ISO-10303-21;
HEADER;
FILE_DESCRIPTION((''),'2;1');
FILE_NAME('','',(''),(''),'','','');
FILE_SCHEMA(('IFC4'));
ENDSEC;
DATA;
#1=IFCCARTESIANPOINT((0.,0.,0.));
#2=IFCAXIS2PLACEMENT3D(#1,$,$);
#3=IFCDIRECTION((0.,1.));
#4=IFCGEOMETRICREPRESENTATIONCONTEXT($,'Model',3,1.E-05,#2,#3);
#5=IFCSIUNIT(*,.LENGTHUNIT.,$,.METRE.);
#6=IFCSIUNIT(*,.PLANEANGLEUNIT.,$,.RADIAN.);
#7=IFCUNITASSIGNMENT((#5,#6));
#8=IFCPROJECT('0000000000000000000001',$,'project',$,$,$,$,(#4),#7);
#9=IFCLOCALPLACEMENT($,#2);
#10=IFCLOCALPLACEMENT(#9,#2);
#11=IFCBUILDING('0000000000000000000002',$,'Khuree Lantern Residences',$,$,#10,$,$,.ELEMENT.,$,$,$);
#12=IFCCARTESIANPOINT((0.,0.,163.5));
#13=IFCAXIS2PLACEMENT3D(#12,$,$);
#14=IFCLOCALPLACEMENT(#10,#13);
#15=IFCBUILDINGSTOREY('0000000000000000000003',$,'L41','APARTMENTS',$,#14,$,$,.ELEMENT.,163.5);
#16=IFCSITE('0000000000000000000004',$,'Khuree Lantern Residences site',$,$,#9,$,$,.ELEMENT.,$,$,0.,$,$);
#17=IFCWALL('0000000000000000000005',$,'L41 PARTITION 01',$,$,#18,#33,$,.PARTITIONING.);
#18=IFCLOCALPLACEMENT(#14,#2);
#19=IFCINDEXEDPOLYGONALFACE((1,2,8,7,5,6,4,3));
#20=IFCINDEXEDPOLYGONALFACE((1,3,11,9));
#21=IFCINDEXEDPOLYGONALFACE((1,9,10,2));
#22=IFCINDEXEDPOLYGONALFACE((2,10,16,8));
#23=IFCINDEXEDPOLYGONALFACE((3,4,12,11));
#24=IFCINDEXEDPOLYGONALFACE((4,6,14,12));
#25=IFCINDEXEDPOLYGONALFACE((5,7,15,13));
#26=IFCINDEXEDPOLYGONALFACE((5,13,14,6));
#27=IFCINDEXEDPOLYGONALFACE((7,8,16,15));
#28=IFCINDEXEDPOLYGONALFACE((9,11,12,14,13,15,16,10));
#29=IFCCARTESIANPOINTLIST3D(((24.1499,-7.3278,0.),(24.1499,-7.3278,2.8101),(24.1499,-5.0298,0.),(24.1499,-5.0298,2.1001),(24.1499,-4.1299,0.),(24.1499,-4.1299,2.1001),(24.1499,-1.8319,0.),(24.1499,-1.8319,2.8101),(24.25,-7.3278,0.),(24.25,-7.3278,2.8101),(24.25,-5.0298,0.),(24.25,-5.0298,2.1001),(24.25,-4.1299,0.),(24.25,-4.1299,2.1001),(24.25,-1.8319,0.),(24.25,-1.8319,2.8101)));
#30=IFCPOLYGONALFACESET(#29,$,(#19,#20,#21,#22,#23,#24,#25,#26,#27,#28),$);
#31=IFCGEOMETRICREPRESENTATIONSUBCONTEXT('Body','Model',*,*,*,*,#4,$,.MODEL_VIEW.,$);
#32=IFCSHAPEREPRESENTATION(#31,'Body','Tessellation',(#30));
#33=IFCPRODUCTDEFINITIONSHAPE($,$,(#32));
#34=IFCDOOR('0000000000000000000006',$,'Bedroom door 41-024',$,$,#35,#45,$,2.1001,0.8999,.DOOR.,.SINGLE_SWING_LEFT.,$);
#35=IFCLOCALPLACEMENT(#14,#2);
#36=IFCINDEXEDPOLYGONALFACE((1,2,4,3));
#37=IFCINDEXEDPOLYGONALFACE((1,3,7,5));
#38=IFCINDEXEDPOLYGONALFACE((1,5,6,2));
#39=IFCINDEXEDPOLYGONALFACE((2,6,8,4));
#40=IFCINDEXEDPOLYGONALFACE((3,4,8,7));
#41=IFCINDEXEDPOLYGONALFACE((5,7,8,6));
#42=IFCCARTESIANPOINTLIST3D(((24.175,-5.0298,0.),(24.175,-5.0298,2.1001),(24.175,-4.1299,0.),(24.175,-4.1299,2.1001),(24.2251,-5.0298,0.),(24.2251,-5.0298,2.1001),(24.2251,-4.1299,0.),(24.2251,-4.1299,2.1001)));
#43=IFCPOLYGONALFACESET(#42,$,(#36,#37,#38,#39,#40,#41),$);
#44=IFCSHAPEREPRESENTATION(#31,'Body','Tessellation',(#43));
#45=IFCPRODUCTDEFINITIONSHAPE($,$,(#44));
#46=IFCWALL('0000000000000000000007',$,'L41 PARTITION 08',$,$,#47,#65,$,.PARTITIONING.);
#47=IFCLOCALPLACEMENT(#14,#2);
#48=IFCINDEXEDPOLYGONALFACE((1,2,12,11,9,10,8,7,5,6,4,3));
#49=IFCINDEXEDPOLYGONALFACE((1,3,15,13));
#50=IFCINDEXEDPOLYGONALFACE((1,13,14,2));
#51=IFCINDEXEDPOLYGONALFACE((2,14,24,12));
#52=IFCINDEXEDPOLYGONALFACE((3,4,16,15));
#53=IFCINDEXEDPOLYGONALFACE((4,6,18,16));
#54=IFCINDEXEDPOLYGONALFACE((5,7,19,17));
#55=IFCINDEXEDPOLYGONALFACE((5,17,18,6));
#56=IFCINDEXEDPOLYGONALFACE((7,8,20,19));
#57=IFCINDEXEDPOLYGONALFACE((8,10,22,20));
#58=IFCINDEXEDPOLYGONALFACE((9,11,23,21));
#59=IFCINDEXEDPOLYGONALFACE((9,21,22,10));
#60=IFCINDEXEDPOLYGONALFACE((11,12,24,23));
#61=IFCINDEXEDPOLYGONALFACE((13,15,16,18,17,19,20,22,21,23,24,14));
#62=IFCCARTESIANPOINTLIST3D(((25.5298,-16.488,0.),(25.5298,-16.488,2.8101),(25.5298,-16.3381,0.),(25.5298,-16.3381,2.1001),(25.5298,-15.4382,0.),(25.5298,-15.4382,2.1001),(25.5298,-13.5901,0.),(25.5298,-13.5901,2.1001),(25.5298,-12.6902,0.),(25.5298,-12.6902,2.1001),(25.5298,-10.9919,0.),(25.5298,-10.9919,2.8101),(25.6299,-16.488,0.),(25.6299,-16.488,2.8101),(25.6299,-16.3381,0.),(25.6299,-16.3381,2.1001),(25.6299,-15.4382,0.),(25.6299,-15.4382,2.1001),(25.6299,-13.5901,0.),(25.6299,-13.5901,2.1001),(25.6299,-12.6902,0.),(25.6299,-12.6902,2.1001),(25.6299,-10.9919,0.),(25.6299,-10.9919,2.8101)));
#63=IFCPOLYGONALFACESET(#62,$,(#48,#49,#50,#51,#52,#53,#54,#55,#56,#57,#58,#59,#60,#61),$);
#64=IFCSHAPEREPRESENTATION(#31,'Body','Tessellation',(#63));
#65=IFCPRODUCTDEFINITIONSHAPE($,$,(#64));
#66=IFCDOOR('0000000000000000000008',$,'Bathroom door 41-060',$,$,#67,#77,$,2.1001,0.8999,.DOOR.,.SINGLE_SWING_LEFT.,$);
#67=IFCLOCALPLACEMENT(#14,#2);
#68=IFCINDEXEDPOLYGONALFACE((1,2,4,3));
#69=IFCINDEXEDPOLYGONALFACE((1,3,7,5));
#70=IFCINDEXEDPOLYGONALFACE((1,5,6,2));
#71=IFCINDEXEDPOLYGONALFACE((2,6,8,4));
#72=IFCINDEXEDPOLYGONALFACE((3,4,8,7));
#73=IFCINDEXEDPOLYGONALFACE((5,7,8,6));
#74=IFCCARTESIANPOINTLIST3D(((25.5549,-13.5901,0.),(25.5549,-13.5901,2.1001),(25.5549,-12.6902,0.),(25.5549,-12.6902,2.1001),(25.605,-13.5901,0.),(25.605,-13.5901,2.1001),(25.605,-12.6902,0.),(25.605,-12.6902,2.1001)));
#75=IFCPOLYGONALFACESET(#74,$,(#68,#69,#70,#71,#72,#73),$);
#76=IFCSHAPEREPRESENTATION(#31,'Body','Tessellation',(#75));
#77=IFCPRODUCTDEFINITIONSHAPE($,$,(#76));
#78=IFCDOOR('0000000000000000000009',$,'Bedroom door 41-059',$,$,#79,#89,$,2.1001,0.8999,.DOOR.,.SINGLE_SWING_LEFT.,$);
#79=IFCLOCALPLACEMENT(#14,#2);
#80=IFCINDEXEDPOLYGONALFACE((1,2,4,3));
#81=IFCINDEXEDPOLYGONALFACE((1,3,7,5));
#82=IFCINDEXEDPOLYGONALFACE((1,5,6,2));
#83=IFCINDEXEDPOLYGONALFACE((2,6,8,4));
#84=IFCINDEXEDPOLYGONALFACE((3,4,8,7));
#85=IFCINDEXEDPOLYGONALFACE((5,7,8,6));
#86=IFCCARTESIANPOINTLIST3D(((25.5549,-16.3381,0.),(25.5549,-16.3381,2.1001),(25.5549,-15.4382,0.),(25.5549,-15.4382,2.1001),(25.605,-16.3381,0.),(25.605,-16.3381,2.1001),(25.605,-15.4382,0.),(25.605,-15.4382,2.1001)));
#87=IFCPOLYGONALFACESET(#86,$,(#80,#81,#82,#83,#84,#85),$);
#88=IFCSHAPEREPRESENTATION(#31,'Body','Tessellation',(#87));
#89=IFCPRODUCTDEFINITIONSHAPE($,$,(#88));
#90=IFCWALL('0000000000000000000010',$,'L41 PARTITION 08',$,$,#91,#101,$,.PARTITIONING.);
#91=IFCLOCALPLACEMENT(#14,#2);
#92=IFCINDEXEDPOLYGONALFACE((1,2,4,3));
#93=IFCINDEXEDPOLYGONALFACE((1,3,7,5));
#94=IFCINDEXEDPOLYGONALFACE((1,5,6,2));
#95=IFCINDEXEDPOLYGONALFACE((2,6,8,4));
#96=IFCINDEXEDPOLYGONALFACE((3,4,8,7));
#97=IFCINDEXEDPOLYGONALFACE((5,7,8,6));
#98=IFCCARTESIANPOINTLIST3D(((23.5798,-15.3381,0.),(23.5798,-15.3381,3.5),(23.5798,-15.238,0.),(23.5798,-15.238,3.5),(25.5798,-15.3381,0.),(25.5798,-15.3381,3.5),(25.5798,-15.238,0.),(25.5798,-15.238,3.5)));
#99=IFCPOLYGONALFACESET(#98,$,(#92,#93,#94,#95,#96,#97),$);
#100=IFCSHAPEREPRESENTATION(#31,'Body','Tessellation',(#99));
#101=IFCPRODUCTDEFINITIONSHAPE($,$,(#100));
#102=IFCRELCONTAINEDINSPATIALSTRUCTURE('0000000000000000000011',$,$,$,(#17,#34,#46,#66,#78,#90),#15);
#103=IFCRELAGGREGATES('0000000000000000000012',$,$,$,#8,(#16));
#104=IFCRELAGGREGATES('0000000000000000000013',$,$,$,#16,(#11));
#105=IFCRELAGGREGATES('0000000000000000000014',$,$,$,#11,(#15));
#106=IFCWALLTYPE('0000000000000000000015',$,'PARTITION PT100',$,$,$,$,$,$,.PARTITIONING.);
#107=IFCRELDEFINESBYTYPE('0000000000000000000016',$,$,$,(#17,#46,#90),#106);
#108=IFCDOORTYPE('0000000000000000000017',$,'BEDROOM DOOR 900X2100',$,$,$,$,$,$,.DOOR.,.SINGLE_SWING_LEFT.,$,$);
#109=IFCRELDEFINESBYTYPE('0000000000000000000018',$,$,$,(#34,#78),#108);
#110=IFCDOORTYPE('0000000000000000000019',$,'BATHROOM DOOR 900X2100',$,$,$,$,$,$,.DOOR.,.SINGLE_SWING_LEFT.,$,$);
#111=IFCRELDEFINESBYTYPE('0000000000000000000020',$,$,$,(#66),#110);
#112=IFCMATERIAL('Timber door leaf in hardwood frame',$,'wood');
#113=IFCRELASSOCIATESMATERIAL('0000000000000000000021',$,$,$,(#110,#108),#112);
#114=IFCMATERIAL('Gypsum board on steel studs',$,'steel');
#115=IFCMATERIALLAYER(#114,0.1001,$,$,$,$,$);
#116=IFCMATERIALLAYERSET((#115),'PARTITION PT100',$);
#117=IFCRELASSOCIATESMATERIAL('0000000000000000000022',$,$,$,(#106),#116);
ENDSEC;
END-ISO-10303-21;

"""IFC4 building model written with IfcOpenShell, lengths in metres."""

from ifc_helpers import new_model, si_unit, direction, frame, frame_2d, origin, place, context, subcontext, project, spatial, rectangle, extrude, material, layer, layer_set, type_object, element, fill, save


model = new_model("IFC4")

# Units and contexts
model_context = context("Model", 3, precision=1e-05, world=origin(), true_north=direction((0.0, 1.0)))
body_context = subcontext(model_context, "Body", "Model", "MODEL_VIEW")
ifc_project = project(units=[si_unit("LENGTHUNIT", "METRE"), si_unit("PLANEANGLEUNIT", "RADIAN")], contexts=[model_context])

# Site, building, storey
site_placement = place(None, origin())
site = spatial("IfcSite", under=ifc_project, at=site_placement, Name="Khuree Lantern Residences site", CompositionType="ELEMENT", RefElevation=0.0)
building_placement = place(site_placement, origin())
building = spatial("IfcBuilding", under=site, at=building_placement, Name="Khuree Lantern Residences", CompositionType="ELEMENT")
storey_placement = place(building_placement, frame((0.0, 0.0, 163.5)))
storey = spatial("IfcBuildingStorey", under=building, at=storey_placement, Name="L41", Description="APARTMENTS", CompositionType="ELEMENT", Elevation=163.5)

# Shared definitions
ifc_material_1 = material(Name="Timber door leaf in hardwood frame", Category="wood")
door_type_1 = type_object("IfcDoorType", Name="BATHROOM DOOR 900X2100", OperationType="SINGLE_SWING_LEFT", PredefinedType="DOOR", material=ifc_material_1)

# Shared definitions
ifc_material_2 = material(Name="Gypsum board on steel studs", Category="steel")

# Shared definitions
ifc_layer_1 = layer(ifc_material_2, 0.1001)
ifc_layer_set_1 = layer_set([ifc_layer_1], Name="PARTITION PT100")
wall_type_1 = type_object("IfcWallType", Name="PARTITION PT100", PredefinedType="PARTITIONING", material=ifc_layer_set_1)

# Wall, opening, door
wall_1_placement = place(storey_placement, frame((24.2, -7.3279, 0.0), z_axis=(0.0, 0.0, 1.0), x_axis=(0.0, 1.0, 0.0)))
wall_1 = element("IfcWall", 1, at=wall_1_placement, inside=storey, type_object=wall_type_1, Name="L41 PARTITION 01", PredefinedType="PARTITIONING", context=body_context, shape_type="SweptSolid", body=[
    extrude(rectangle(XDim=5.4958, YDim=0.1001, at=frame_2d((2.748, 0.0))), origin(), (0.0, 0.0, 1.0), 2.8101),
])
opening_1_placement = place(wall_1_placement, frame((2.2981, 0.0, 0.0)))
opening_1 = element("IfcOpeningElement", 2, at=opening_1_placement, cuts=wall_1, PredefinedType="OPENING", context=body_context, shape_type="SweptSolid", body=[
    extrude(rectangle(XDim=0.8999, YDim=2.1001, at=frame_2d((0.45, 1.05))), frame((0.0, 0.0601, 0.0), z_axis=(0.0, -1.0, 0.0), x_axis=(1.0, 0.0, 0.0)), (0.0, 0.0, 1.0), 0.1201),
])
door_type_2 = type_object("IfcDoorType", Name="BEDROOM DOOR 900X2100", OperationType="SINGLE_SWING_LEFT", PredefinedType="DOOR", material=ifc_material_1)
door_1_placement = place(opening_1_placement, origin())
door_1 = element("IfcDoor", 3, at=door_1_placement, inside=storey, type_object=door_type_2, Name="Bedroom door 41-024", OperationType="SINGLE_SWING_LEFT", OverallHeight=2.1001, OverallWidth=0.8999, PredefinedType="DOOR", context=body_context, shape_type="SweptSolid", body=[
    extrude(rectangle(XDim=0.8999, YDim=2.1001, at=frame_2d((0.45, 1.05))), frame((0.0, 0.0249, 0.0), z_axis=(0.0, -1.0, 0.0), x_axis=(1.0, 0.0, 0.0)), (0.0, 0.0, 1.0), 0.05),
])
fill(opening_1, door_1)

# Wall, openings, doors
wall_2_placement = place(storey_placement, frame((25.5798, -16.488, 0.0), z_axis=(0.0, 0.0, 1.0), x_axis=(0.0, 1.0, 0.0)))
wall_2 = element("IfcWall", 4, at=wall_2_placement, inside=storey, type_object=wall_type_1, Name="L41 PARTITION 08", PredefinedType="PARTITIONING", context=body_context, shape_type="SweptSolid", body=[
    extrude(rectangle(XDim=5.4961, YDim=0.1001, at=frame_2d((2.748, 0.0))), origin(), (0.0, 0.0, 1.0), 2.8101),
])
opening_2_placement = place(wall_2_placement, frame((0.1499, 0.0, 0.0)))
opening_2 = element("IfcOpeningElement", 5, at=opening_2_placement, cuts=wall_2, PredefinedType="OPENING", context=body_context, shape_type="SweptSolid", body=[
    extrude(rectangle(XDim=0.8999, YDim=2.1001, at=frame_2d((0.45, 1.05))), frame((0.0, 0.0601, 0.0), z_axis=(0.0, -1.0, 0.0), x_axis=(1.0, 0.0, 0.0)), (0.0, 0.0, 1.0), 0.1201),
])
opening_3_placement = place(wall_2_placement, frame((2.8979, 0.0, 0.0)))
opening_3 = element("IfcOpeningElement", 6, at=opening_3_placement, cuts=wall_2, PredefinedType="OPENING", context=body_context, shape_type="SweptSolid", body=[
    extrude(rectangle(XDim=0.8999, YDim=2.1001, at=frame_2d((0.45, 1.05))), frame((0.0, 0.0601, 0.0), z_axis=(0.0, -1.0, 0.0), x_axis=(1.0, 0.0, 0.0)), (0.0, 0.0, 1.0), 0.1201),
])
door_2_placement = place(opening_3_placement, origin())
door_2 = element("IfcDoor", 7, at=door_2_placement, inside=storey, type_object=door_type_1, Name="Bathroom door 41-060", OperationType="SINGLE_SWING_LEFT", OverallHeight=2.1001, OverallWidth=0.8999, PredefinedType="DOOR", context=body_context, shape_type="SweptSolid", body=[
    extrude(rectangle(XDim=0.8999, YDim=2.1001, at=frame_2d((0.45, 1.05))), frame((0.0, 0.0249, 0.0), z_axis=(0.0, -1.0, 0.0), x_axis=(1.0, 0.0, 0.0)), (0.0, 0.0, 1.0), 0.05),
])
fill(opening_3, door_2)
door_3_placement = place(opening_2_placement, origin())
door_3 = element("IfcDoor", 8, at=door_3_placement, inside=storey, type_object=door_type_2, Name="Bedroom door 41-059", OperationType="SINGLE_SWING_LEFT", OverallHeight=2.1001, OverallWidth=0.8999, PredefinedType="DOOR", context=body_context, shape_type="SweptSolid", body=[
    extrude(rectangle(XDim=0.8999, YDim=2.1001, at=frame_2d((0.45, 1.05))), frame((0.0, 0.0249, 0.0), z_axis=(0.0, -1.0, 0.0), x_axis=(1.0, 0.0, 0.0)), (0.0, 0.0, 1.0), 0.05),
])
fill(opening_2, door_3)

# Wall
wall_3_placement = place(storey_placement, frame((23.5798, -15.2881, 0.0), z_axis=(0.0, 0.0, 1.0), x_axis=(1.0, 0.0, 0.0)))
element("IfcWall", 9, at=wall_3_placement, inside=storey, type_object=wall_type_1, Name="L41 PARTITION 08", PredefinedType="PARTITIONING", context=body_context, shape_type="SweptSolid", body=[
    extrude(rectangle(XDim=2.0, YDim=0.1001, at=frame_2d((1.0, 0.0))), origin(), (0.0, 0.0, 1.0), 3.5),
])

save(model, "model.ifc")
